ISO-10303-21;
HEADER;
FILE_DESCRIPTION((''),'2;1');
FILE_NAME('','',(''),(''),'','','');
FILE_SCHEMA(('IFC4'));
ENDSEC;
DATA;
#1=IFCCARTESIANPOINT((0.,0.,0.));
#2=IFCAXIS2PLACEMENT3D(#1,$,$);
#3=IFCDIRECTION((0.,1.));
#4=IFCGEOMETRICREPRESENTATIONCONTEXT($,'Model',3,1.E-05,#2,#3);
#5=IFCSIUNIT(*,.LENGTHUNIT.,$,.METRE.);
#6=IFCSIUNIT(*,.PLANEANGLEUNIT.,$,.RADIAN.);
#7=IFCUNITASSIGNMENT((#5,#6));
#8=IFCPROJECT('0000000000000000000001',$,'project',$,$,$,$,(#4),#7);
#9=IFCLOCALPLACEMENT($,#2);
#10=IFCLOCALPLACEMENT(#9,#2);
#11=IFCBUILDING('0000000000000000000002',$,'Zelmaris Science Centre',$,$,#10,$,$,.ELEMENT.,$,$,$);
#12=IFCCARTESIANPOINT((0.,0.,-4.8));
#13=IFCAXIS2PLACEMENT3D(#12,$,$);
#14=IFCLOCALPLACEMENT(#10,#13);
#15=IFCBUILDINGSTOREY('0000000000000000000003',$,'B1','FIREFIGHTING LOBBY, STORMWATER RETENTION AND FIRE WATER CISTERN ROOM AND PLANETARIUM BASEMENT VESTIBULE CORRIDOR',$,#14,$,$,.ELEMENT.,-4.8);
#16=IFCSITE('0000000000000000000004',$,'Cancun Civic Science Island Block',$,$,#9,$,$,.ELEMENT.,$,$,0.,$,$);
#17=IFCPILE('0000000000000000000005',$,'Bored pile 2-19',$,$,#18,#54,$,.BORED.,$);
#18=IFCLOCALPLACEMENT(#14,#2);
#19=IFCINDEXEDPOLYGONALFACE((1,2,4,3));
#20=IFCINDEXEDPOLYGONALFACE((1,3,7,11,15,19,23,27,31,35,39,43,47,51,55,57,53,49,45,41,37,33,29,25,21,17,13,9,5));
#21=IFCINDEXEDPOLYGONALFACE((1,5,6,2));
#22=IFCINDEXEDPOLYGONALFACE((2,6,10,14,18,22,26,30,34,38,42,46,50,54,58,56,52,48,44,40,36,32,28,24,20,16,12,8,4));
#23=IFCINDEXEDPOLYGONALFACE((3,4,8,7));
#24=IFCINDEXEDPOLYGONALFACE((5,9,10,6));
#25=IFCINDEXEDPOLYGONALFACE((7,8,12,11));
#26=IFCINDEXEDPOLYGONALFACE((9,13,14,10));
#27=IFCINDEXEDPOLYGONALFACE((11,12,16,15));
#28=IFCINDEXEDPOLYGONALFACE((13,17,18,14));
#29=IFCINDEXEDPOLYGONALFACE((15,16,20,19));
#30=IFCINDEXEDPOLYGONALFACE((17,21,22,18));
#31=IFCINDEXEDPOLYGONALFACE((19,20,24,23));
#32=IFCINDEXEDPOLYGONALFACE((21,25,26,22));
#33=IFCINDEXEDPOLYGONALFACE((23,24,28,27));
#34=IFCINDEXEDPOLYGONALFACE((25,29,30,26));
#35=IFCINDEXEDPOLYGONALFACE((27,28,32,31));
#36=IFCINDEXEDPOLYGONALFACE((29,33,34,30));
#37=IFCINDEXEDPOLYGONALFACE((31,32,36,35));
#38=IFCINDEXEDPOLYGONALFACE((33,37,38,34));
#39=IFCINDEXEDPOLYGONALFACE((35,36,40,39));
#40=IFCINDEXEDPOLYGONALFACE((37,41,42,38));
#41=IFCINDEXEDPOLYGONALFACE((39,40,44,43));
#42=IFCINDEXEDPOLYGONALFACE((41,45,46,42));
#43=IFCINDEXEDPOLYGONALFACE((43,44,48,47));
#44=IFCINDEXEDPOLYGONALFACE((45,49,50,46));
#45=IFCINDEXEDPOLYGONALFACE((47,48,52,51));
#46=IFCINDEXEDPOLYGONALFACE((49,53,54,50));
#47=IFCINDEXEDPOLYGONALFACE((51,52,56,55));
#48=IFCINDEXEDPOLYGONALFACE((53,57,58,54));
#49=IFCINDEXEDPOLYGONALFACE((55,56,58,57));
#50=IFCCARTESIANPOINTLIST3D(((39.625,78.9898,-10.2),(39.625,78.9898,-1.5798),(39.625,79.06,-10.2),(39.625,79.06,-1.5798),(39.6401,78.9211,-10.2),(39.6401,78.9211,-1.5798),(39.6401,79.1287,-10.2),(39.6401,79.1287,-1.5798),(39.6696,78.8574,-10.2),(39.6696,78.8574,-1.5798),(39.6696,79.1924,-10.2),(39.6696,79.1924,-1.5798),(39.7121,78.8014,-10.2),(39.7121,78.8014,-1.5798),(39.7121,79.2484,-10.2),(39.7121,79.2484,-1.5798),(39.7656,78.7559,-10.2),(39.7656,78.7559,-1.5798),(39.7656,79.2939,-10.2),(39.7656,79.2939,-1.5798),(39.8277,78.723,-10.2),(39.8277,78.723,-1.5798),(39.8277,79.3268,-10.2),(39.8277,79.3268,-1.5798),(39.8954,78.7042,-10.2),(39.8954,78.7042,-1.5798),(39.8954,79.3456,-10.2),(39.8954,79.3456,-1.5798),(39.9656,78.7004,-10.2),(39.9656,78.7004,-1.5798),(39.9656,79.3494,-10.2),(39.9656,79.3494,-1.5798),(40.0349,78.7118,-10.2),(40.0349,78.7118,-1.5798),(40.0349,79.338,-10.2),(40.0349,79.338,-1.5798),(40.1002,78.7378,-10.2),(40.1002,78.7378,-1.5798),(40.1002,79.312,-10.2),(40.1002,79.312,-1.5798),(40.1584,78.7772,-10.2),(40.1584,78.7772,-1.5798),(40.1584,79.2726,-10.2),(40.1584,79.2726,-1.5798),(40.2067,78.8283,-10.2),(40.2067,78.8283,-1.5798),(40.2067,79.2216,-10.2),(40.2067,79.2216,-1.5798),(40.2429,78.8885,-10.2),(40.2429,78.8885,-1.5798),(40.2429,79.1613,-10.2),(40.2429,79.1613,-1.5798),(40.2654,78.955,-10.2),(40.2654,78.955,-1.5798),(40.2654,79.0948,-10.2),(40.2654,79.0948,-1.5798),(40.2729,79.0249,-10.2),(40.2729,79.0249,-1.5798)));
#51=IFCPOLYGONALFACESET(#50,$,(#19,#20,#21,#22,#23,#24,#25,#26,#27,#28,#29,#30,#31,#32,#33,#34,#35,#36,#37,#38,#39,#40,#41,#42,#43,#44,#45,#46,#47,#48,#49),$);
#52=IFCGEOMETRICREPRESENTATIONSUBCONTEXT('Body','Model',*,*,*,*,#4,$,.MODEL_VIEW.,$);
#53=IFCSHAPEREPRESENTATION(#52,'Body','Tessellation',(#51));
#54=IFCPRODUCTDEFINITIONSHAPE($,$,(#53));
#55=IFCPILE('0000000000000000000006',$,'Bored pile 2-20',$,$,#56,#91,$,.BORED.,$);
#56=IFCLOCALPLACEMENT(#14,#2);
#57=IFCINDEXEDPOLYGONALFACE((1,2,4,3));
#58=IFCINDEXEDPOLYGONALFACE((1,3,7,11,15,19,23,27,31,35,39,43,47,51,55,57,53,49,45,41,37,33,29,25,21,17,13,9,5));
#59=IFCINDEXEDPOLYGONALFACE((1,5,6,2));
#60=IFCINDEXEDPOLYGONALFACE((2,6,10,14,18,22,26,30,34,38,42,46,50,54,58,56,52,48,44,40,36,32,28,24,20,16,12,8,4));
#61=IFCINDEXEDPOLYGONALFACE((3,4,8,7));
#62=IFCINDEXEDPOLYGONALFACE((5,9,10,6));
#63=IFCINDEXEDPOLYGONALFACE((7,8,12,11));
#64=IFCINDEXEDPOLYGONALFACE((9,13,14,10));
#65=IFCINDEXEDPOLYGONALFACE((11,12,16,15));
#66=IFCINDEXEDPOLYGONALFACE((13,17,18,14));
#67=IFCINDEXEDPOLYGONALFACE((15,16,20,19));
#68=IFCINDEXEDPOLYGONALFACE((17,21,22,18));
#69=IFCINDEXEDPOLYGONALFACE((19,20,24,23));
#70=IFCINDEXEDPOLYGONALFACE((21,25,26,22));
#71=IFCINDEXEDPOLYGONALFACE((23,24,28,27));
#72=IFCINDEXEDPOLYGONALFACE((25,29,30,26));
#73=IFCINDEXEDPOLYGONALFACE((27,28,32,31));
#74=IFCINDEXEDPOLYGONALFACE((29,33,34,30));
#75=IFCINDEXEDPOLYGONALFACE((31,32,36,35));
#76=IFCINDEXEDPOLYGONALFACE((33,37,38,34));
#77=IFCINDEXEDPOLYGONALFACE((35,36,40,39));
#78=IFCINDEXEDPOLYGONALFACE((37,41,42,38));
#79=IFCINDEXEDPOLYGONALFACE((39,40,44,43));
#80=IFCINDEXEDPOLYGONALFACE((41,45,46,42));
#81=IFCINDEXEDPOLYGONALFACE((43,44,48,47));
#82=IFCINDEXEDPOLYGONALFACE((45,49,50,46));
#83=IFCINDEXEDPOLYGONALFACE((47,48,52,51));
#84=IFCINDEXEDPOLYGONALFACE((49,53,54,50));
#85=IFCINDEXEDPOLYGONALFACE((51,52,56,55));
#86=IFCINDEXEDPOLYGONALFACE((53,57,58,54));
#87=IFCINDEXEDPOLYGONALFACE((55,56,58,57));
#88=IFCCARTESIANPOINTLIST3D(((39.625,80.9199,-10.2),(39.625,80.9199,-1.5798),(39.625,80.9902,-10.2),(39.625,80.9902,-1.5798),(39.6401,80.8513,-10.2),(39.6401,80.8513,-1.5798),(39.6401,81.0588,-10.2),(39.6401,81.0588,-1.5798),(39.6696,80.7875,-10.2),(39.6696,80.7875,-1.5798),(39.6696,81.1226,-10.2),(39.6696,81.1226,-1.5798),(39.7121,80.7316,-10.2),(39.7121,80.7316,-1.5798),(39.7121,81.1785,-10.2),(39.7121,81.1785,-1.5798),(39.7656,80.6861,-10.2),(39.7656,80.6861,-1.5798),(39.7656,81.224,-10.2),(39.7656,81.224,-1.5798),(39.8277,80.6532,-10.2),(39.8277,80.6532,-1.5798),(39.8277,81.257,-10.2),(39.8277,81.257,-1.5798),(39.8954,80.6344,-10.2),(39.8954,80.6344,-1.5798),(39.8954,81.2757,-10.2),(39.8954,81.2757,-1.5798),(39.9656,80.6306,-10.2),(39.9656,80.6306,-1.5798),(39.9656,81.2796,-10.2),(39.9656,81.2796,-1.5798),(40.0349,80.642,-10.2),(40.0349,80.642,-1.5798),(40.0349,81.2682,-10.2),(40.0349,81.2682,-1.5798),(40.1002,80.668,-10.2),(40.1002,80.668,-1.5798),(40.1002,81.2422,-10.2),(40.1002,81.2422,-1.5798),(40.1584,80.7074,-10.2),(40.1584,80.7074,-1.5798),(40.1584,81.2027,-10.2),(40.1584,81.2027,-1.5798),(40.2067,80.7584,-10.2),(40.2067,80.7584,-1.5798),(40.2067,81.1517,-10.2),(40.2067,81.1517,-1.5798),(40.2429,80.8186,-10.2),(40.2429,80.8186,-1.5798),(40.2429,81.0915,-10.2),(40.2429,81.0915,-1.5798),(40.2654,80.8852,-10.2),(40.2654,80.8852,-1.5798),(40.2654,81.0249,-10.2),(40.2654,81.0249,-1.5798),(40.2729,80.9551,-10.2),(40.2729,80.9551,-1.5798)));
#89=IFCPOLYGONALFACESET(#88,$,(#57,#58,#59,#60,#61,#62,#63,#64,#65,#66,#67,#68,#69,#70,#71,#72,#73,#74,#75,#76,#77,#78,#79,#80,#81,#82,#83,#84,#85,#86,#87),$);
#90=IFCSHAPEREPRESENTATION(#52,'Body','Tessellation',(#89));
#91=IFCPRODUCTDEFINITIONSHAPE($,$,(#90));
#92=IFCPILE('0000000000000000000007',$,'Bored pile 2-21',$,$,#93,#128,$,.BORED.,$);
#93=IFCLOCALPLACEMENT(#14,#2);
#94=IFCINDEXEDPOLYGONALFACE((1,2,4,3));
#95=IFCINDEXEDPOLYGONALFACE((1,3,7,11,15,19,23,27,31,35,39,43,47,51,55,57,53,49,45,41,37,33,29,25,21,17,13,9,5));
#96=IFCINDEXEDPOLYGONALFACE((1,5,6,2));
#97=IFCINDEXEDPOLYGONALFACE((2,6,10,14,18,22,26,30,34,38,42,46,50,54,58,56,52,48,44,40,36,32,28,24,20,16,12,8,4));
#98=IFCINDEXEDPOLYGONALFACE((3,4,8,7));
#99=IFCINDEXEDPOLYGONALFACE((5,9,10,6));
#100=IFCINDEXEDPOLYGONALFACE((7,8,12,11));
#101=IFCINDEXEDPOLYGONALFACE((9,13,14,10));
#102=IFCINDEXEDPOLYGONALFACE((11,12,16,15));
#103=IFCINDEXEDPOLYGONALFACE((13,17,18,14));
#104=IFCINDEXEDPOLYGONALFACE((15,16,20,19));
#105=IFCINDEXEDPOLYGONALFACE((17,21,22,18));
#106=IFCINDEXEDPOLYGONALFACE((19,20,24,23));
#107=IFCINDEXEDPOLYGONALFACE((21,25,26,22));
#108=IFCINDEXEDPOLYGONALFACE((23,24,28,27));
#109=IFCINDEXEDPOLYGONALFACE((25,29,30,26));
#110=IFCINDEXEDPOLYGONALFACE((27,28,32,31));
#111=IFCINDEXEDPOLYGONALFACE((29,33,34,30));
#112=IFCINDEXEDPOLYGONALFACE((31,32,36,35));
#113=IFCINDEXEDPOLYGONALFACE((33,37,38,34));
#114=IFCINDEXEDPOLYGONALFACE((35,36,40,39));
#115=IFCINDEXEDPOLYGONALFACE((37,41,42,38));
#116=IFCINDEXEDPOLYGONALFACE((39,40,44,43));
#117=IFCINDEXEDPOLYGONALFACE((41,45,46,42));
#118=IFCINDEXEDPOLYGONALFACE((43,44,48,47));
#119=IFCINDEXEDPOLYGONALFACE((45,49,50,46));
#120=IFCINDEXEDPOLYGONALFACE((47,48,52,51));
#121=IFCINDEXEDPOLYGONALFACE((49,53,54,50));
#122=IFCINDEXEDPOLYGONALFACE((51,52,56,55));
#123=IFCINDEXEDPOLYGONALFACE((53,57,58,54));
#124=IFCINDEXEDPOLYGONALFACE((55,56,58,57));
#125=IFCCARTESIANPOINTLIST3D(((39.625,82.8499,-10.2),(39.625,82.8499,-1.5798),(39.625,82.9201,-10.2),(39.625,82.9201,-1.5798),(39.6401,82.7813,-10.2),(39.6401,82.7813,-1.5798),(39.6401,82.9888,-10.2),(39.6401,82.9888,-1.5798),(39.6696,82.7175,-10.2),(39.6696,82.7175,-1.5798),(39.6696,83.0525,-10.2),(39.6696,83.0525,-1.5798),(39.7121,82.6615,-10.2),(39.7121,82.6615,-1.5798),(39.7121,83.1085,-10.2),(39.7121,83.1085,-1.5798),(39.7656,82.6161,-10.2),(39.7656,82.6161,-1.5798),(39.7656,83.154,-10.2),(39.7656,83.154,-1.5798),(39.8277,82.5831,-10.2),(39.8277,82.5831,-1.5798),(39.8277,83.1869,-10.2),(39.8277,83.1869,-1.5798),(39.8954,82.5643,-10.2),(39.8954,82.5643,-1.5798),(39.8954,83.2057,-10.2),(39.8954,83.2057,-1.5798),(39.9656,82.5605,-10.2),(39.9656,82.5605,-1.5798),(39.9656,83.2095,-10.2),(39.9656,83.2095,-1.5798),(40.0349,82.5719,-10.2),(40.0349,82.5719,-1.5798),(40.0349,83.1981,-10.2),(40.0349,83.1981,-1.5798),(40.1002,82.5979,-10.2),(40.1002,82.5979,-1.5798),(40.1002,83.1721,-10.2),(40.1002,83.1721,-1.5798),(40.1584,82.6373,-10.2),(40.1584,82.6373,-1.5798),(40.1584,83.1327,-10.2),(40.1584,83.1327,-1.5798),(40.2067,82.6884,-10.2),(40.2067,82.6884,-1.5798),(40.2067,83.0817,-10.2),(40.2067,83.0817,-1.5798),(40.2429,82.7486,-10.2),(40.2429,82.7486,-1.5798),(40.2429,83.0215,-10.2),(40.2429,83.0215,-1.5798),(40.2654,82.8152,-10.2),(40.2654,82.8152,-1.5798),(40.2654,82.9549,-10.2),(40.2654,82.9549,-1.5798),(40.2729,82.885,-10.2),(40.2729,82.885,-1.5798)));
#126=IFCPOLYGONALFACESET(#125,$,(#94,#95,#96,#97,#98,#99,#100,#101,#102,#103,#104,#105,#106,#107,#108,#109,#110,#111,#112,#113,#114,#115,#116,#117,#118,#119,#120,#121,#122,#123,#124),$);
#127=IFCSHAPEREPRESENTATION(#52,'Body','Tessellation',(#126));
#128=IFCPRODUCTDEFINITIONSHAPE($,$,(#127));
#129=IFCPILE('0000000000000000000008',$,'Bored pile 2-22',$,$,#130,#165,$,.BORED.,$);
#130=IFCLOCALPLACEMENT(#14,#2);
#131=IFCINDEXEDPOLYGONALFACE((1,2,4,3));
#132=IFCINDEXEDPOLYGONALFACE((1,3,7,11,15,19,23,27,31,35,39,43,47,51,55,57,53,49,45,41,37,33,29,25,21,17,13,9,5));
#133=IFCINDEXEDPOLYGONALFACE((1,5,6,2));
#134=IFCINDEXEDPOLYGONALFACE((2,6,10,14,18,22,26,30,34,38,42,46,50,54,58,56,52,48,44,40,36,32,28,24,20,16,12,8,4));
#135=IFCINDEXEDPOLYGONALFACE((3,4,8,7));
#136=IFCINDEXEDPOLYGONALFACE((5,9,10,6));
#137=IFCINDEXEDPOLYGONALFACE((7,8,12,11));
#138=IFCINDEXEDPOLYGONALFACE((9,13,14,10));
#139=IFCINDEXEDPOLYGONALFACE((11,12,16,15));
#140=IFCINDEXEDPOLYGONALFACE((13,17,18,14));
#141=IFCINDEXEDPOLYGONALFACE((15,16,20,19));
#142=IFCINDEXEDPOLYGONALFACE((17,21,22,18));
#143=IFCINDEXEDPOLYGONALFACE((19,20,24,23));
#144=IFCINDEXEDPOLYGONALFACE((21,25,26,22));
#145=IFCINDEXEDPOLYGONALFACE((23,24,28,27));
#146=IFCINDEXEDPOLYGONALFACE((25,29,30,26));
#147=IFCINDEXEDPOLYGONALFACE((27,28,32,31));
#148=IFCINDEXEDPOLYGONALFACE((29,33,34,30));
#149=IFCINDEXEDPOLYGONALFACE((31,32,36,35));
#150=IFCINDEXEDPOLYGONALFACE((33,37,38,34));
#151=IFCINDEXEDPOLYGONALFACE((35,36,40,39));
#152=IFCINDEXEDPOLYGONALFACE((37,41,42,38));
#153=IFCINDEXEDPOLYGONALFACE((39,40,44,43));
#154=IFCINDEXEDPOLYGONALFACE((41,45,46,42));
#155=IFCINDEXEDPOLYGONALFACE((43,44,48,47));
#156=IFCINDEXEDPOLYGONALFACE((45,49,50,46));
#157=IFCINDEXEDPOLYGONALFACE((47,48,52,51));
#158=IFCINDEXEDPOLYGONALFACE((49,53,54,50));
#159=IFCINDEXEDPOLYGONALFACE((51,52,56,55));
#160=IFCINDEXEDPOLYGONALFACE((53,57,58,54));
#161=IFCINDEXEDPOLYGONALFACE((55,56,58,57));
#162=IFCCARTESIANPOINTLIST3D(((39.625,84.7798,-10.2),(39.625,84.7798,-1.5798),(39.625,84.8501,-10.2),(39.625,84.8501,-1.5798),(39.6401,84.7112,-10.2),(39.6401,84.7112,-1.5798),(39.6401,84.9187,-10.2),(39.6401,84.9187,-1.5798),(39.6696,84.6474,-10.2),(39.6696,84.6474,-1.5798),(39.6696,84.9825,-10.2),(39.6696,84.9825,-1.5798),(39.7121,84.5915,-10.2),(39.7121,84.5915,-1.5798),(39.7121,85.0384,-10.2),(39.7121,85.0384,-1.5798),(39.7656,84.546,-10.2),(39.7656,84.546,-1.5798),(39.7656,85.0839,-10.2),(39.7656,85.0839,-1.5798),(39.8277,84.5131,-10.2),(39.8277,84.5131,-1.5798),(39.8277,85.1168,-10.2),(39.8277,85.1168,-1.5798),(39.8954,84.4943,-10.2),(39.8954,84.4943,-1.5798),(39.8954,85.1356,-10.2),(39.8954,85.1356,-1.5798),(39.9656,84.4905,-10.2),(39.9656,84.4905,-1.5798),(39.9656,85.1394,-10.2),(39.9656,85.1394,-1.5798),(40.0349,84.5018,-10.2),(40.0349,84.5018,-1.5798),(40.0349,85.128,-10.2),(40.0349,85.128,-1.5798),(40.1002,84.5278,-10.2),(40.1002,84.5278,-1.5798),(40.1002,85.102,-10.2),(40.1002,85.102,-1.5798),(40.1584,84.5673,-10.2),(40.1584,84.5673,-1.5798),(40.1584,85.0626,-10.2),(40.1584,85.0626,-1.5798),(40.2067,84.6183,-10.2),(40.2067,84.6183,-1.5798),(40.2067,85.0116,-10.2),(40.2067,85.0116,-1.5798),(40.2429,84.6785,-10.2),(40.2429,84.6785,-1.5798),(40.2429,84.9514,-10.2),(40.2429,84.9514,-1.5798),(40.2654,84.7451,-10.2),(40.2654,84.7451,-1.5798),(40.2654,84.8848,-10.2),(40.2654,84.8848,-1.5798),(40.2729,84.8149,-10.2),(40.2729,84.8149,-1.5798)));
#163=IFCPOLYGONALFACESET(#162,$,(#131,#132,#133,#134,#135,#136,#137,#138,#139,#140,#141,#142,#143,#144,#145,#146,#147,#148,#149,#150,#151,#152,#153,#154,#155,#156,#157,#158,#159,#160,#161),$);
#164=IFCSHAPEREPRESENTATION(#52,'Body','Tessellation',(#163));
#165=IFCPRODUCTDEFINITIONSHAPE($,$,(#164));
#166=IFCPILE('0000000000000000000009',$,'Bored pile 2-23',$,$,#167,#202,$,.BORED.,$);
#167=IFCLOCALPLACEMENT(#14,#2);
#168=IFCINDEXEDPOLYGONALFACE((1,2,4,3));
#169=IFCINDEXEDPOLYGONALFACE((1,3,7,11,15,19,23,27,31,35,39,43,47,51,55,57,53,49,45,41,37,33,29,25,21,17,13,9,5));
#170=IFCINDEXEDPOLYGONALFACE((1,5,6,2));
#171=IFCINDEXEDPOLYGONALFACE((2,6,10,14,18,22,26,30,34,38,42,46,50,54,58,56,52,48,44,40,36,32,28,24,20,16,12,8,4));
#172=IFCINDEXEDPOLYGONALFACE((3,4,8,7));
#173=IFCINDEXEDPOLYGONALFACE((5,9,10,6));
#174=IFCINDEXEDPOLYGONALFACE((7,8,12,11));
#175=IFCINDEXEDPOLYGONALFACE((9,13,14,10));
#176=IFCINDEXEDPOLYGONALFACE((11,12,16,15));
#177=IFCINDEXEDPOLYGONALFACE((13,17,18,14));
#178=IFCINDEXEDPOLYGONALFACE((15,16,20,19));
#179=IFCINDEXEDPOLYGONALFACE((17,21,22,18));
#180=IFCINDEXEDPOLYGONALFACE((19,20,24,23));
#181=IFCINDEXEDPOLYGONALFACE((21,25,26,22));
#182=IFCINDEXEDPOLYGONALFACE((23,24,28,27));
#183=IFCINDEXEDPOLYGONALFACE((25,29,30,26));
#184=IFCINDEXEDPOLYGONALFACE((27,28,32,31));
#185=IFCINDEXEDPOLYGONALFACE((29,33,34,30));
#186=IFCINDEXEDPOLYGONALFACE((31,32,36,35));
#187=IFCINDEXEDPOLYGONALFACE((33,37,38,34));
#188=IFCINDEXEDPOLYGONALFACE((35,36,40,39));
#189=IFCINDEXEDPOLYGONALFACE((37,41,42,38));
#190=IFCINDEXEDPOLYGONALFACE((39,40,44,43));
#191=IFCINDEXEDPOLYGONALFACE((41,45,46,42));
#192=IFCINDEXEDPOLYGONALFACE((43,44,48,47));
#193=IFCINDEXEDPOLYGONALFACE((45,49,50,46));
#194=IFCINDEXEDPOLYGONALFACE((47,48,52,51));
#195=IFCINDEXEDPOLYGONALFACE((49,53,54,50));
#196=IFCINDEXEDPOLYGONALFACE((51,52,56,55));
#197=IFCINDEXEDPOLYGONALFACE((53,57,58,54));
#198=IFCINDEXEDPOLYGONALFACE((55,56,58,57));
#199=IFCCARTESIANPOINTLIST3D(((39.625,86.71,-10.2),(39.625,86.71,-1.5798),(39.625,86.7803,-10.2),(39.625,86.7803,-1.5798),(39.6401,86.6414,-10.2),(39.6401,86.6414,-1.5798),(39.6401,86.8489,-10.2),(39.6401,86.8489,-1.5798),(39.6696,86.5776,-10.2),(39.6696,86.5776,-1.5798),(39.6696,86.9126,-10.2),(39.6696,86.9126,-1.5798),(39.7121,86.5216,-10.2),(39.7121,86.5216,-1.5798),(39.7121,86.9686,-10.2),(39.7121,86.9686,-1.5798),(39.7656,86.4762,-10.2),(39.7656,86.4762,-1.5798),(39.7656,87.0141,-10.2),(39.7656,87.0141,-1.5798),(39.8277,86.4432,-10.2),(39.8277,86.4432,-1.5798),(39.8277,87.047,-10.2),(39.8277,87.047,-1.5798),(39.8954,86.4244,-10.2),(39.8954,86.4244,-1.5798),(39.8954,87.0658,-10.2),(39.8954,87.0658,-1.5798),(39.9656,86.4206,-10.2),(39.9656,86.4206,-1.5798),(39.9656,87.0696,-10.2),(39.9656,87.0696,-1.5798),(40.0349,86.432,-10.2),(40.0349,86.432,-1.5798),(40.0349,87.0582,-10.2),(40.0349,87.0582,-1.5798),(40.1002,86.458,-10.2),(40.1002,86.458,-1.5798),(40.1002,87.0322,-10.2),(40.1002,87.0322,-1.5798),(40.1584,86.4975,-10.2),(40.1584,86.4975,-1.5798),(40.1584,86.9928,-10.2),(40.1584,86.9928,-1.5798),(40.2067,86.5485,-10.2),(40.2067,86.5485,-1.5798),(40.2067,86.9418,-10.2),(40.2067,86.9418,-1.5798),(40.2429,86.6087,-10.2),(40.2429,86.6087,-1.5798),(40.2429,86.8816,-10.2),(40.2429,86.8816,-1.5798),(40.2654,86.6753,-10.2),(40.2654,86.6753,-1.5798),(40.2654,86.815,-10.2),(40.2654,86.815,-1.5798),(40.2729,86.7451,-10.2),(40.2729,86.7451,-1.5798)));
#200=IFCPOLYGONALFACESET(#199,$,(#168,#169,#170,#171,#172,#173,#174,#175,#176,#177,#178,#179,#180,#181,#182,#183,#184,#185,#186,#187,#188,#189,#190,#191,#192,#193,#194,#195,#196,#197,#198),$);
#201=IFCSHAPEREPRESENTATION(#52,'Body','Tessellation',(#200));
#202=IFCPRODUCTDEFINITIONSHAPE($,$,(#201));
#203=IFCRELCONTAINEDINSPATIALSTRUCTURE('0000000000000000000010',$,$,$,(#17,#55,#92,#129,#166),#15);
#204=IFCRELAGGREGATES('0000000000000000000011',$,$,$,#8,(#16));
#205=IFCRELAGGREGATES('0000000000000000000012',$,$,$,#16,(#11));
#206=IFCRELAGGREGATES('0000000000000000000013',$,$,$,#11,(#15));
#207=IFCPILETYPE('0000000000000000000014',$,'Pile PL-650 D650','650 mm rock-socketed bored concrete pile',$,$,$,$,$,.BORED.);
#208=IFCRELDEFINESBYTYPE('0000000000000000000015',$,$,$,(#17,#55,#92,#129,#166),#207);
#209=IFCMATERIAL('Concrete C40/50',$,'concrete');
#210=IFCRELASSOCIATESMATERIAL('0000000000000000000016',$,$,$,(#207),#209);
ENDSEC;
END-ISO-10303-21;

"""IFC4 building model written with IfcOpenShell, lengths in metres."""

from ifc_helpers import new_model, si_unit, direction, frame, origin, origin_2d, place, context, subcontext, project, spatial, circle, extrude, material, material_profile, profile_set, type_object, element, save


model = new_model("IFC4")

# Units and contexts
model_context = context("Model", 3, precision=1e-05, world=origin(), true_north=direction((0.0, 1.0)))
body_context = subcontext(model_context, "Body", "Model", "MODEL_VIEW")
ifc_project = project(units=[si_unit("LENGTHUNIT", "METRE"), si_unit("PLANEANGLEUNIT", "RADIAN")], contexts=[model_context])

# Site, building, storey
site_placement = place(None, origin())
site = spatial("IfcSite", under=ifc_project, at=site_placement, Name="Cancun Civic Science Island Block", CompositionType="ELEMENT", RefElevation=0.0)
building_placement = place(site_placement, origin())
building = spatial("IfcBuilding", under=site, at=building_placement, Name="Zelmaris Science Centre", CompositionType="ELEMENT")
storey_placement = place(building_placement, frame((0.0, 0.0, -4.8)))
storey = spatial("IfcBuildingStorey", under=building, at=storey_placement, Name="B1", Description="FIREFIGHTING LOBBY, STORMWATER RETENTION AND FIRE WATER CISTERN ROOM AND PLANETARIUM BASEMENT VESTIBULE CORRIDOR", CompositionType="ELEMENT", Elevation=-4.8)

# Shared definitions
ifc_material_1 = material(Name="Concrete C40/50", Category="concrete")

# Piles
ifc_material_profile_1 = material_profile(ifc_material_1, circle(Radius=0.325, at=origin_2d()), Name="PILE-650")
ifc_profile_set_1 = profile_set([ifc_material_profile_1], Name="Concrete C40/50")
pile_type_1 = type_object("IfcPileType", Name="Pile PL-650 D650", Description="650 mm rock-socketed bored concrete pile", PredefinedType="BORED", material=ifc_profile_set_1)
for number, where, z_axis, x_axis, name in (
    (1, (39.948, 79.0249, -1.5798), (0.0, 0.0, -1.0), (1.0, 0.0, 0.0), "Bored pile 2-19"),
    (2, (39.948, 80.9551, -1.5798), (0.0, 0.0, -1.0), (1.0, 0.0, 0.0), "Bored pile 2-20"),
    (3, (39.948, 82.885, -1.5798), (0.0, 0.0, -1.0), (1.0, 0.0, 0.0), "Bored pile 2-21"),
    (4, (39.948, 84.8149, -1.5798), (0.0, 0.0, -1.0), (1.0, 0.0, 0.0), "Bored pile 2-22"),
    (5, (39.948, 86.7451, -1.5798), (0.0, 0.0, -1.0), (1.0, 0.0, 0.0), "Bored pile 2-23"),
):
    element("IfcPile", number, at=place(storey_placement, frame(where, z_axis=z_axis, x_axis=x_axis)), inside=storey, type_object=pile_type_1, Name=name, PredefinedType="BORED", context=body_context, shape_type="SweptSolid", body=[
        extrude(circle(Radius=0.325, at=origin_2d()), origin(), (0.0, 0.0, 1.0), 8.6201),
    ])

save(model, "model.ifc")
